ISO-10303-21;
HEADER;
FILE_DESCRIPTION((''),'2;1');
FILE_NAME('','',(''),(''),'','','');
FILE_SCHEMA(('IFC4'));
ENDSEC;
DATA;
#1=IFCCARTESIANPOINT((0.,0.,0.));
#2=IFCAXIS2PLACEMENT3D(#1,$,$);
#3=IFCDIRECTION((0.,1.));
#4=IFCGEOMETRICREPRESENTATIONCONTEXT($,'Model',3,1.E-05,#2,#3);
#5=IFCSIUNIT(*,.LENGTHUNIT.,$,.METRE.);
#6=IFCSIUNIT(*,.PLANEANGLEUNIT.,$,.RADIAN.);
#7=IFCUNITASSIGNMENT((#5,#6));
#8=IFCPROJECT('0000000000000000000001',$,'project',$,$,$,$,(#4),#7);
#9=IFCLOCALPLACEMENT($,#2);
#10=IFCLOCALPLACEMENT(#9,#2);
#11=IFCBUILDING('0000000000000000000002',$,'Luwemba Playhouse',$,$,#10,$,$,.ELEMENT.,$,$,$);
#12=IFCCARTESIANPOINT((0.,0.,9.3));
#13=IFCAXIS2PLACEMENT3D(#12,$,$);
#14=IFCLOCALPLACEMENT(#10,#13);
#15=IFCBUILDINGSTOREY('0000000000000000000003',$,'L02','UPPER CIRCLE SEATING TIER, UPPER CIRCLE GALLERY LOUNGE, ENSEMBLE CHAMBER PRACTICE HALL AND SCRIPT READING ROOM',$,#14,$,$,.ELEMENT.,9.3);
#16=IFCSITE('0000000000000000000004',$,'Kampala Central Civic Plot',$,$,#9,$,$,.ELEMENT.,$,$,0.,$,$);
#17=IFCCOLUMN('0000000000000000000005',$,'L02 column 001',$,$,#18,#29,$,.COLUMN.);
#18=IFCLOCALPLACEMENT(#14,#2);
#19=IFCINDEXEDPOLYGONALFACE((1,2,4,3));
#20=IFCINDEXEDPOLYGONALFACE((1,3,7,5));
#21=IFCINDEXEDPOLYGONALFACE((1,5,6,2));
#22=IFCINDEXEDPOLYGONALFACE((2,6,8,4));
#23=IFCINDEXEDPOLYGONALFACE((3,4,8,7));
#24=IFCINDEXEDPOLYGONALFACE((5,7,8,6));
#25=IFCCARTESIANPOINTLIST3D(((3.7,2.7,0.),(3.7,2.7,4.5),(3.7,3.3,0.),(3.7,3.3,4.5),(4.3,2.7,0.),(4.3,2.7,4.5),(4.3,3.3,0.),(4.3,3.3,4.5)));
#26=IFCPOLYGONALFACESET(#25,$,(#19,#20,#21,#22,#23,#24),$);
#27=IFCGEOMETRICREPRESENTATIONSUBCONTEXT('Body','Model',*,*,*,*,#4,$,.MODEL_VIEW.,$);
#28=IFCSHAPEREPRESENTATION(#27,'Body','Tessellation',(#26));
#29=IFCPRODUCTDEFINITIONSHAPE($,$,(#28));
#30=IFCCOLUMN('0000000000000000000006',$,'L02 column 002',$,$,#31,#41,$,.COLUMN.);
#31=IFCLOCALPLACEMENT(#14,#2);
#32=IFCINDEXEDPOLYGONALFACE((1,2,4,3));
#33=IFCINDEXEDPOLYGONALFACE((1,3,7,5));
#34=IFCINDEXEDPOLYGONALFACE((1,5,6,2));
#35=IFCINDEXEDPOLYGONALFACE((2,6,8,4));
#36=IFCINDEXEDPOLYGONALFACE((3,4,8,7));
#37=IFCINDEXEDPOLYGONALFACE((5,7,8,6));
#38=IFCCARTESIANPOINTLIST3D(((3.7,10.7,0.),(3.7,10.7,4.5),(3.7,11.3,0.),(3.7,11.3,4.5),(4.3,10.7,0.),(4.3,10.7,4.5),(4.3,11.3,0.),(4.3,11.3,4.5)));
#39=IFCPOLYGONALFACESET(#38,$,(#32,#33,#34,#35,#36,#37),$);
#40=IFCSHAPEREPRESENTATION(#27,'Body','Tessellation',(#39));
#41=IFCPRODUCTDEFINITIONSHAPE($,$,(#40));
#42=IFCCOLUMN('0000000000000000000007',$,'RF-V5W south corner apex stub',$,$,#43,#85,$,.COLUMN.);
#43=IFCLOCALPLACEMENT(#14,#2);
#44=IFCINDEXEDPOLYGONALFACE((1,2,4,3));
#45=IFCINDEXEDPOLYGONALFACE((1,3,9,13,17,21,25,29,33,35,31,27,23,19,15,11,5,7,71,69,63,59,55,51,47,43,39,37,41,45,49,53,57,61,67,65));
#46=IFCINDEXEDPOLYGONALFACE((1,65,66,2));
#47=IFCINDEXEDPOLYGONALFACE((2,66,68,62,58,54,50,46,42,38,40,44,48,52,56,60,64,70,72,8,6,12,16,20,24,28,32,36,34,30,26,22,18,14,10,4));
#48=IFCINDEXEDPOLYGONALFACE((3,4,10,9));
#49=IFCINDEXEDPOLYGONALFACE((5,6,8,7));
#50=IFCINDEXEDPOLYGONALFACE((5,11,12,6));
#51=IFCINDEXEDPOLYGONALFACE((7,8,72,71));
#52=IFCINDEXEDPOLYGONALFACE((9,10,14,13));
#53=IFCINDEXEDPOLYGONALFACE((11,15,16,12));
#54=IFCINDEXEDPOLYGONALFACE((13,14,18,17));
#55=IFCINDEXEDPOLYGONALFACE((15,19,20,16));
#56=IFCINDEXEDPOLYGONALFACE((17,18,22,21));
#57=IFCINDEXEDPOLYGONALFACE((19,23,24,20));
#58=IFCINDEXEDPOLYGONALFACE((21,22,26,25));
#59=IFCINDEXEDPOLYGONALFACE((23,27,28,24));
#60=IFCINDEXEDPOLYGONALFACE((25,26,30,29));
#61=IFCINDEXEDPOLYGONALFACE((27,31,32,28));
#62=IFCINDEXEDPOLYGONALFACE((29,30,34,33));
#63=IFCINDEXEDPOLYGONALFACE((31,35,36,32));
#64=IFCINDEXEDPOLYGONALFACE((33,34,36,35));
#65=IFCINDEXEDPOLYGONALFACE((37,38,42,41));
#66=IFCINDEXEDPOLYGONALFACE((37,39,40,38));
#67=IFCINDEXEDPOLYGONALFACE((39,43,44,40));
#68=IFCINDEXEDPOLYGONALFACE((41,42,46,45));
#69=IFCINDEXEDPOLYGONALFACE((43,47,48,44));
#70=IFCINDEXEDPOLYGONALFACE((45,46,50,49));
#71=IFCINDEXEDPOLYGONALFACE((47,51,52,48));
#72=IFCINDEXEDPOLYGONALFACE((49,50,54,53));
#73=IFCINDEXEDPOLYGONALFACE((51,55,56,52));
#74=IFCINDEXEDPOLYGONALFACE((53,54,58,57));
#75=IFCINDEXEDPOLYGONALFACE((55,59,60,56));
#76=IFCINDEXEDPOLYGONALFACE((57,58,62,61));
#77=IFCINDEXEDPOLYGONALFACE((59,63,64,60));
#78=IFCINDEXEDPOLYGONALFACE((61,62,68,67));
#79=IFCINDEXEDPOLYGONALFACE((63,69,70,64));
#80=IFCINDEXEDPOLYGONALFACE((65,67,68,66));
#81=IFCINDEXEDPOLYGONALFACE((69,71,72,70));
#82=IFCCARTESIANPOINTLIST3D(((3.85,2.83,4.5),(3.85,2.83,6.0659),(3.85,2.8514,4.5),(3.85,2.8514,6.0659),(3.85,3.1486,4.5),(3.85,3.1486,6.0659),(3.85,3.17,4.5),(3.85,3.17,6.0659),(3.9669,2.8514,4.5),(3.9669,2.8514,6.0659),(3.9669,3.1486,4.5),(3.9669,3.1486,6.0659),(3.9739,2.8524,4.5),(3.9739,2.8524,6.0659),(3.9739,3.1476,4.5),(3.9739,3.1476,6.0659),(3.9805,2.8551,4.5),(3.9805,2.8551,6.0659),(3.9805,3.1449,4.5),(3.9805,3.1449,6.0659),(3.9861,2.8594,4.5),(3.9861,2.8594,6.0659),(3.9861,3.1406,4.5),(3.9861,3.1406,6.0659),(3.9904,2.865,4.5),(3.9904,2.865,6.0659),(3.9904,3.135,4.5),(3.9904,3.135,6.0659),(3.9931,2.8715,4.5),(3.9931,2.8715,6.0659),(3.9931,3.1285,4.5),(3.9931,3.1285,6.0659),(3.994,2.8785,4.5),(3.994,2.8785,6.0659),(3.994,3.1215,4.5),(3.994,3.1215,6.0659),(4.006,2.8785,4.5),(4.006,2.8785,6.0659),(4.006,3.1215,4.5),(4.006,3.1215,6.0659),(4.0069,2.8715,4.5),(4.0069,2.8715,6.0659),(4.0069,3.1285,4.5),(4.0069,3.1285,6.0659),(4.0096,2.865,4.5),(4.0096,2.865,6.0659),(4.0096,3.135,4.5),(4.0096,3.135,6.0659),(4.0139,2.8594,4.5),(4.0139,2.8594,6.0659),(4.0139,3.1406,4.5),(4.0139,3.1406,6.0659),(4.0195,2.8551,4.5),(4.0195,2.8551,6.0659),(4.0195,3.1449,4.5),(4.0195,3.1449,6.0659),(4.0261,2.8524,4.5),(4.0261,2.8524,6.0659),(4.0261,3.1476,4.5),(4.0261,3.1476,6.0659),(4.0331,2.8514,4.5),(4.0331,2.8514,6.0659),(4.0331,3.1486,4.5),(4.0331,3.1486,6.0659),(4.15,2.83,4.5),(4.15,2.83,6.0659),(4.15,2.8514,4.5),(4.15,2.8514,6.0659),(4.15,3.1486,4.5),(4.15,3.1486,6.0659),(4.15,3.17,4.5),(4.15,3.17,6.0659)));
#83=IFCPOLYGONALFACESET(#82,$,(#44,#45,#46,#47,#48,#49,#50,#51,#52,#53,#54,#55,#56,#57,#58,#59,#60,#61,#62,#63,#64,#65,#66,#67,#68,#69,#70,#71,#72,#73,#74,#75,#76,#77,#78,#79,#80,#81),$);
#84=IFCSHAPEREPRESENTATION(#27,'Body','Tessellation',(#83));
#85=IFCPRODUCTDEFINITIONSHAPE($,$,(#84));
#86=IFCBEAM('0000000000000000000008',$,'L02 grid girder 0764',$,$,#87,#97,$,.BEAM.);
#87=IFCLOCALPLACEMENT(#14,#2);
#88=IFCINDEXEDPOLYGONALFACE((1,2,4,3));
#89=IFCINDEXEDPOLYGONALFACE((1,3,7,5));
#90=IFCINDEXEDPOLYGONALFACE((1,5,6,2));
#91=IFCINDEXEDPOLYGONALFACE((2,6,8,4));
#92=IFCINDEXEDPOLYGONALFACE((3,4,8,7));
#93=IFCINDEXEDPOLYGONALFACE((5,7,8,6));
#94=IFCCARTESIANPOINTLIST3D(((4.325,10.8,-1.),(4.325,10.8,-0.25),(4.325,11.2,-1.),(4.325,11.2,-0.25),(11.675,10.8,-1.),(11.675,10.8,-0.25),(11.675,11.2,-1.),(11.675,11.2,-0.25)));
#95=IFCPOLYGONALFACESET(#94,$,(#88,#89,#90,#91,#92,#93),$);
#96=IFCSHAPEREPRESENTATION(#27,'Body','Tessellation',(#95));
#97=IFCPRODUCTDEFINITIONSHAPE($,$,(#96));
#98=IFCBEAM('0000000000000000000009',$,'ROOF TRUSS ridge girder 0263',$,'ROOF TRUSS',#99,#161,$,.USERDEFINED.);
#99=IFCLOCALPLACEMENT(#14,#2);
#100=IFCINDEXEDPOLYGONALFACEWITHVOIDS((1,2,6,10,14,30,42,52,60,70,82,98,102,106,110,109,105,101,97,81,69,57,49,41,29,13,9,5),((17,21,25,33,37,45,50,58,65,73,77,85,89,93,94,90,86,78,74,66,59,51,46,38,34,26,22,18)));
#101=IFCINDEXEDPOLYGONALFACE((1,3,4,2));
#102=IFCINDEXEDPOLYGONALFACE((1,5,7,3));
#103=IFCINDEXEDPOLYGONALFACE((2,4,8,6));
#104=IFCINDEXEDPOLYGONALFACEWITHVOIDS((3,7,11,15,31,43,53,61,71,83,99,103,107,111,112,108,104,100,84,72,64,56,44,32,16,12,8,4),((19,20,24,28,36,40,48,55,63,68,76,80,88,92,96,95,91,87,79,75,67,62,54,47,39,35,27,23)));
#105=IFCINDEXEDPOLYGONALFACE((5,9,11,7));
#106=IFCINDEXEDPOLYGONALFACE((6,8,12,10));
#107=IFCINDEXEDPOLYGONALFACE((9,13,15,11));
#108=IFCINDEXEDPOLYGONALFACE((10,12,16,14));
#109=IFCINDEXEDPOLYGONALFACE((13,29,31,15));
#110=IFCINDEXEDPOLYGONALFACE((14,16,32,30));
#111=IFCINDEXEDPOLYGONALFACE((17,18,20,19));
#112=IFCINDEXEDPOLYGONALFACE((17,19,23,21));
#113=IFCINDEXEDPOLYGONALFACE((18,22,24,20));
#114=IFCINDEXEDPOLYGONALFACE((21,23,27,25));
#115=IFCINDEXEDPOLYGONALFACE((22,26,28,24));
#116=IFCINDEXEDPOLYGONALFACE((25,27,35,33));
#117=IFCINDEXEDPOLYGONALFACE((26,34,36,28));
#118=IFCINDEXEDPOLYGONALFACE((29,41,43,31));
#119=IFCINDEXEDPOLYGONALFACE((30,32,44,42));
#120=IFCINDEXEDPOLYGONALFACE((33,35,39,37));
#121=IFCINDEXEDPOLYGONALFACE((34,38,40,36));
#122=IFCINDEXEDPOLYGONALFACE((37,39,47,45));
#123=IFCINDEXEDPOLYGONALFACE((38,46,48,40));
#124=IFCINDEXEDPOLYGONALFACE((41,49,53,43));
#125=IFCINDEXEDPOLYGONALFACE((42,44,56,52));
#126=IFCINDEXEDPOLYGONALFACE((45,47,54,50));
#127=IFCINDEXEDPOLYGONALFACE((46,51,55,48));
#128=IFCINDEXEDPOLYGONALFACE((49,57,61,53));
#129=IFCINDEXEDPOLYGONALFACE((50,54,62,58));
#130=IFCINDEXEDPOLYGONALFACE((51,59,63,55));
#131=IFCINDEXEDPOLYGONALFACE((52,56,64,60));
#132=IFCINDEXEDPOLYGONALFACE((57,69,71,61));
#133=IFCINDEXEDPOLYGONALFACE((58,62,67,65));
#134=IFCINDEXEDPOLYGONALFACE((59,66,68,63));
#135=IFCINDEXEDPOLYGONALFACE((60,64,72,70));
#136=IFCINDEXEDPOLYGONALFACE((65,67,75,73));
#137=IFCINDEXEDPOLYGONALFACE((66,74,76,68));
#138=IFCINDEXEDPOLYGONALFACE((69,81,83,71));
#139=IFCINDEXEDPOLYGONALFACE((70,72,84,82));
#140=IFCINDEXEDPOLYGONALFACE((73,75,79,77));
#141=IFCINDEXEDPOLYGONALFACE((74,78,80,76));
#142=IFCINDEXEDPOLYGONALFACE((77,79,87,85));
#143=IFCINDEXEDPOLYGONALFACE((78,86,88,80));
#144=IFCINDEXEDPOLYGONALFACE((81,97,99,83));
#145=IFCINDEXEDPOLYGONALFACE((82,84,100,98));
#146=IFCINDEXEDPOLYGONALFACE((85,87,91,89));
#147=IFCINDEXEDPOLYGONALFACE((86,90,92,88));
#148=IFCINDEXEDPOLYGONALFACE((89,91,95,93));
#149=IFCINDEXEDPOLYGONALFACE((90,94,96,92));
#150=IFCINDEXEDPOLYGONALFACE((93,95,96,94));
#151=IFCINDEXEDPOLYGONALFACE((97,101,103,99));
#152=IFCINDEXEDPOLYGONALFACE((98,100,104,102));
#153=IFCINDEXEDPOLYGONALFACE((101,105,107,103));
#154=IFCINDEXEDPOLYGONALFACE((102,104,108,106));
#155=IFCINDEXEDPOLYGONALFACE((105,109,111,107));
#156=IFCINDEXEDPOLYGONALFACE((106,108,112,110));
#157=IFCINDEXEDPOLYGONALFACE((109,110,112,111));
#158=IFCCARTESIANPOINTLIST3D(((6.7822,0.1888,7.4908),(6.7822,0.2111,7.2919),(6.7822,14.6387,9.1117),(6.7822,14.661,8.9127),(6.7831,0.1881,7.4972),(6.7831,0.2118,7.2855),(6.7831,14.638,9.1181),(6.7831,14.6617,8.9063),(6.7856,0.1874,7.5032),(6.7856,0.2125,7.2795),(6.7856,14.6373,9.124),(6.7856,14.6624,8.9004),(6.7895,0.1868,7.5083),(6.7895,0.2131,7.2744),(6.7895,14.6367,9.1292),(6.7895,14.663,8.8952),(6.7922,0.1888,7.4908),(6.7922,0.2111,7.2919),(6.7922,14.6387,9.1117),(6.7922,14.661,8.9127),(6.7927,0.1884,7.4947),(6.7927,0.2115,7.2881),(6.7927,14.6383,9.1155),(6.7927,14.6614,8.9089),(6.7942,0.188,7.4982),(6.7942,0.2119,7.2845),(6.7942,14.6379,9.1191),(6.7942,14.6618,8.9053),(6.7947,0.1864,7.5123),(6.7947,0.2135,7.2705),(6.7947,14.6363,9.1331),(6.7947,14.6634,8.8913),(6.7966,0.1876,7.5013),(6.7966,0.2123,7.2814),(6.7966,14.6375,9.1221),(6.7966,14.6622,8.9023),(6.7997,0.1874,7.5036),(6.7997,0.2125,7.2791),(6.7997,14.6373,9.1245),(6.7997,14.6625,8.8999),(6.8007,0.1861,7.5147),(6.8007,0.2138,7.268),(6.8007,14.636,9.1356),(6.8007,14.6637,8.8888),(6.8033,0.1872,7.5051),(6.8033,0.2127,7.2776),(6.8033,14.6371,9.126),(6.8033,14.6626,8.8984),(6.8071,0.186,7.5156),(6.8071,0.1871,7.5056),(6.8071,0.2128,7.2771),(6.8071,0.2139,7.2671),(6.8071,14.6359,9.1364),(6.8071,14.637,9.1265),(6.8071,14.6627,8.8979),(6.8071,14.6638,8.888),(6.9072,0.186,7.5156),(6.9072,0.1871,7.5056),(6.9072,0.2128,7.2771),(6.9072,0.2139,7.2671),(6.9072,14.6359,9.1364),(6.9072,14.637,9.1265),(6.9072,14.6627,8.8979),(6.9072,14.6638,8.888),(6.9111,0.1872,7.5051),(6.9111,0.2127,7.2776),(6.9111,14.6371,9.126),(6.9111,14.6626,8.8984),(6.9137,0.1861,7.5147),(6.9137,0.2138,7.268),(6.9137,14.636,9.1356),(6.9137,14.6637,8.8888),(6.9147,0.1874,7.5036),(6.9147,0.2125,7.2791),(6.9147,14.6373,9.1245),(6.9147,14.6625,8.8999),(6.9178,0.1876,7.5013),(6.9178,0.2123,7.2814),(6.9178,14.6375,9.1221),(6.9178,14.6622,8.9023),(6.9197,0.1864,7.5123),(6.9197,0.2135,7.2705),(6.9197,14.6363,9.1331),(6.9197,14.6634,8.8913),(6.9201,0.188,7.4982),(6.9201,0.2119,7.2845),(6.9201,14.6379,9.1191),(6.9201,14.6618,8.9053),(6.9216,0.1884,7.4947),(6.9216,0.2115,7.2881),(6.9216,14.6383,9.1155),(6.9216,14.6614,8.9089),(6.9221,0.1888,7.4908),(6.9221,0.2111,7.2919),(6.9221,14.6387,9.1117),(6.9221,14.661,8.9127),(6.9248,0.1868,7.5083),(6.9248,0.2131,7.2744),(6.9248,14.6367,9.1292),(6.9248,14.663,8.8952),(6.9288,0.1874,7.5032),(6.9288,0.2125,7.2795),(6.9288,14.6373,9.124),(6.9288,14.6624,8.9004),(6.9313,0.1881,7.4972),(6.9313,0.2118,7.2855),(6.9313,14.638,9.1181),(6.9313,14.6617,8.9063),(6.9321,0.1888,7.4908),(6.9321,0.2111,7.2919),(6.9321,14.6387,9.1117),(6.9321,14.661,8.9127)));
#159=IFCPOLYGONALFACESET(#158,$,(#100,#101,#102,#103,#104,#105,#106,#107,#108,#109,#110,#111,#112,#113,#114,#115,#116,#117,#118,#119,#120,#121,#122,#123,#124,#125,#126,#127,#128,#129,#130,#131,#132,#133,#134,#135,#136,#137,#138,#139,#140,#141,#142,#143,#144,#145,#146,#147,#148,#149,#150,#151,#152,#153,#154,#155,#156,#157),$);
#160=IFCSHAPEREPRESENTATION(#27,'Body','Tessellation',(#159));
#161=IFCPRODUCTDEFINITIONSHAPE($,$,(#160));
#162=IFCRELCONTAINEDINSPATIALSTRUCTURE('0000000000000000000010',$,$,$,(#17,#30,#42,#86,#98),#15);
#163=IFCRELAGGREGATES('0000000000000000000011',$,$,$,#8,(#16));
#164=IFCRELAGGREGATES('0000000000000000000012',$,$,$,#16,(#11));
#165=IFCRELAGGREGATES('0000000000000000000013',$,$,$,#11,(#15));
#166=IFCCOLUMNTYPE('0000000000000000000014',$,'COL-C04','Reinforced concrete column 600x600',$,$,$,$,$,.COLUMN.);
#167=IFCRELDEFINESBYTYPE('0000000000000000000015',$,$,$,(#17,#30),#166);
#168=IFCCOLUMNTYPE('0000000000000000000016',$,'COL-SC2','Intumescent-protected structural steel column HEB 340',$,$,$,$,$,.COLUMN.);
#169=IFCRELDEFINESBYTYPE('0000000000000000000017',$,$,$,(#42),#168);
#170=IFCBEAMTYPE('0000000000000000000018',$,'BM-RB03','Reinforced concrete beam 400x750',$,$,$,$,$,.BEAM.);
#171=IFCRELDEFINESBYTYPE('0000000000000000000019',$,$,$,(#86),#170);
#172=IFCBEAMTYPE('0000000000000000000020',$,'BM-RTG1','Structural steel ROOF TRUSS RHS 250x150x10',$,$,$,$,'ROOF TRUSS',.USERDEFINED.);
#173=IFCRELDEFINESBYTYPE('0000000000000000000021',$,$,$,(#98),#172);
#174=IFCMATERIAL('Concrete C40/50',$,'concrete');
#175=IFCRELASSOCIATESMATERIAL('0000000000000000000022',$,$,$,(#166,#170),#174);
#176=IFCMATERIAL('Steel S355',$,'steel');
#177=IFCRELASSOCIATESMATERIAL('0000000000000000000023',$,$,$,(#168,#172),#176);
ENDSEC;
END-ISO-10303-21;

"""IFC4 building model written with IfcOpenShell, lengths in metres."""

from ifc_helpers import new_model, si_unit, direction, frame, origin, origin_2d, place, context, subcontext, project, spatial, rectangle, hollow_rectangle, i_section, extrude, material, material_profile, profile_set, type_object, element, save


model = new_model("IFC4")

# Units and contexts
model_context = context("Model", 3, precision=1e-05, world=origin(), true_north=direction((0.0, 1.0)))
body_context = subcontext(model_context, "Body", "Model", "MODEL_VIEW")
ifc_project = project(units=[si_unit("LENGTHUNIT", "METRE"), si_unit("PLANEANGLEUNIT", "RADIAN")], contexts=[model_context])

# Site, building, storey
site_placement = place(None, origin())
site = spatial("IfcSite", under=ifc_project, at=site_placement, Name="Kampala Central Civic Plot", CompositionType="ELEMENT", RefElevation=0.0)
building_placement = place(site_placement, origin())
building = spatial("IfcBuilding", under=site, at=building_placement, Name="Luwemba Playhouse", CompositionType="ELEMENT")
storey_placement = place(building_placement, frame((0.0, 0.0, 9.3)))
storey = spatial("IfcBuildingStorey", under=building, at=storey_placement, Name="L02", Description="UPPER CIRCLE SEATING TIER, UPPER CIRCLE GALLERY LOUNGE, ENSEMBLE CHAMBER PRACTICE HALL AND SCRIPT READING ROOM", CompositionType="ELEMENT", Elevation=9.3)

# Columns
ifc_material_1 = material(Name="Concrete C40/50", Category="concrete")
ifc_material_profile_1 = material_profile(ifc_material_1, rectangle(XDim=0.6001, YDim=0.6001, at=origin_2d()))
ifc_profile_set_1 = profile_set([ifc_material_profile_1], Name="Concrete C40/50")
column_type_1 = type_object("IfcColumnType", Name="COL-C04", Description="Reinforced concrete column 600x600", PredefinedType="COLUMN", material=ifc_profile_set_1)
for number, where, z_axis, x_axis, name in (
    (1, (4.0, 3.0, 0.0), (0.0, 0.0, 1.0), (1.0, 0.0, 0.0), "L02 column 001"),
    (2, (4.0, 11.0, 0.0), (0.0, 0.0, 1.0), (1.0, 0.0, 0.0), "L02 column 002"),
):
    element("IfcColumn", number, at=place(storey_placement, frame(where, z_axis=z_axis, x_axis=x_axis)), inside=storey, type_object=column_type_1, Name=name, PredefinedType="COLUMN", context=body_context, shape_type="SweptSolid", body=[
        extrude(rectangle(XDim=0.6001, YDim=0.6001, at=origin_2d()), origin(), (0.0, 0.0, 1.0), 4.5),
    ])
ifc_material_2 = material(Name="Steel S355", Category="steel")
ifc_material_profile_2 = material_profile(ifc_material_2, i_section(OverallWidth=0.3, OverallDepth=0.3401, WebThickness=0.012, FlangeThickness=0.0215, FilletRadius=0.0271, at=origin_2d()))
ifc_profile_set_2 = profile_set([ifc_material_profile_2], Name="Steel S355")
column_type_2 = type_object("IfcColumnType", Name="COL-SC2", Description="Intumescent-protected structural steel column HEB 340", PredefinedType="COLUMN", material=ifc_profile_set_2)
column_placement = place(storey_placement, frame((4.0, 3.0, 4.5), z_axis=(0.0, 0.0, 1.0), x_axis=(1.0, 0.0, 0.0)))
element("IfcColumn", 3, at=column_placement, inside=storey, type_object=column_type_2, Name="RF-V5W south corner apex stub", PredefinedType="COLUMN", context=body_context, shape_type="SweptSolid", body=[
    extrude(i_section(OverallWidth=0.3, OverallDepth=0.3401, WebThickness=0.012, FlangeThickness=0.0215, FilletRadius=0.0271, at=origin_2d()), origin(), (0.0, 0.0, 1.0), 1.5659),
])

# Beams
ifc_material_profile_3 = material_profile(ifc_material_1, rectangle(XDim=0.3999, YDim=0.75, at=origin_2d()))
ifc_profile_set_3 = profile_set([ifc_material_profile_3], Name="Concrete C40/50")
beam_type_1 = type_object("IfcBeamType", Name="BM-RB03", Description="Reinforced concrete beam 400x750", PredefinedType="BEAM", material=ifc_profile_set_3)
beam_1_placement = place(storey_placement, frame((4.325, 11.0, -0.625), z_axis=(1.0, 0.0, 0.0), x_axis=(0.0, 1.0, 0.0)))
element("IfcBeam", 4, at=beam_1_placement, inside=storey, type_object=beam_type_1, Name="L02 grid girder 0764", PredefinedType="BEAM", context=body_context, shape_type="SweptSolid", body=[
    extrude(rectangle(XDim=0.3999, YDim=0.75, at=origin_2d()), origin(), (0.0, 0.0, 1.0), 7.3501),
])
ifc_material_profile_4 = material_profile(ifc_material_2, hollow_rectangle(XDim=0.1499, YDim=0.25, WallThickness=0.01, InnerFilletRadius=0.0149, OuterFilletRadius=0.0249, at=origin_2d()))
ifc_profile_set_4 = profile_set([ifc_material_profile_4], Name="Steel S355")
beam_type_2 = type_object("IfcBeamType", Name="BM-RTG1", Description="Structural steel ROOF TRUSS RHS 250x150x10", ElementType="ROOF TRUSS", PredefinedType="USERDEFINED", material=ifc_profile_set_4)
beam_2_placement = place(storey_placement, frame((6.8572, 0.2, 7.3914), z_axis=(0.0, 0.993768, 0.111471), x_axis=(-1.0, 0.0, 0.0)))
element("IfcBeam", 5, at=beam_2_placement, inside=storey, type_object=beam_type_2, Name="ROOF TRUSS ridge girder 0263", ObjectType="ROOF TRUSS", PredefinedType="USERDEFINED", context=body_context, shape_type="SweptSolid", body=[
    extrude(hollow_rectangle(XDim=0.1499, YDim=0.25, WallThickness=0.01, InnerFilletRadius=0.0149, OuterFilletRadius=0.0249, at=origin_2d()), origin(), (0.0, 0.0, 1.0), 14.5405),
])

save(model, "model.ifc")
